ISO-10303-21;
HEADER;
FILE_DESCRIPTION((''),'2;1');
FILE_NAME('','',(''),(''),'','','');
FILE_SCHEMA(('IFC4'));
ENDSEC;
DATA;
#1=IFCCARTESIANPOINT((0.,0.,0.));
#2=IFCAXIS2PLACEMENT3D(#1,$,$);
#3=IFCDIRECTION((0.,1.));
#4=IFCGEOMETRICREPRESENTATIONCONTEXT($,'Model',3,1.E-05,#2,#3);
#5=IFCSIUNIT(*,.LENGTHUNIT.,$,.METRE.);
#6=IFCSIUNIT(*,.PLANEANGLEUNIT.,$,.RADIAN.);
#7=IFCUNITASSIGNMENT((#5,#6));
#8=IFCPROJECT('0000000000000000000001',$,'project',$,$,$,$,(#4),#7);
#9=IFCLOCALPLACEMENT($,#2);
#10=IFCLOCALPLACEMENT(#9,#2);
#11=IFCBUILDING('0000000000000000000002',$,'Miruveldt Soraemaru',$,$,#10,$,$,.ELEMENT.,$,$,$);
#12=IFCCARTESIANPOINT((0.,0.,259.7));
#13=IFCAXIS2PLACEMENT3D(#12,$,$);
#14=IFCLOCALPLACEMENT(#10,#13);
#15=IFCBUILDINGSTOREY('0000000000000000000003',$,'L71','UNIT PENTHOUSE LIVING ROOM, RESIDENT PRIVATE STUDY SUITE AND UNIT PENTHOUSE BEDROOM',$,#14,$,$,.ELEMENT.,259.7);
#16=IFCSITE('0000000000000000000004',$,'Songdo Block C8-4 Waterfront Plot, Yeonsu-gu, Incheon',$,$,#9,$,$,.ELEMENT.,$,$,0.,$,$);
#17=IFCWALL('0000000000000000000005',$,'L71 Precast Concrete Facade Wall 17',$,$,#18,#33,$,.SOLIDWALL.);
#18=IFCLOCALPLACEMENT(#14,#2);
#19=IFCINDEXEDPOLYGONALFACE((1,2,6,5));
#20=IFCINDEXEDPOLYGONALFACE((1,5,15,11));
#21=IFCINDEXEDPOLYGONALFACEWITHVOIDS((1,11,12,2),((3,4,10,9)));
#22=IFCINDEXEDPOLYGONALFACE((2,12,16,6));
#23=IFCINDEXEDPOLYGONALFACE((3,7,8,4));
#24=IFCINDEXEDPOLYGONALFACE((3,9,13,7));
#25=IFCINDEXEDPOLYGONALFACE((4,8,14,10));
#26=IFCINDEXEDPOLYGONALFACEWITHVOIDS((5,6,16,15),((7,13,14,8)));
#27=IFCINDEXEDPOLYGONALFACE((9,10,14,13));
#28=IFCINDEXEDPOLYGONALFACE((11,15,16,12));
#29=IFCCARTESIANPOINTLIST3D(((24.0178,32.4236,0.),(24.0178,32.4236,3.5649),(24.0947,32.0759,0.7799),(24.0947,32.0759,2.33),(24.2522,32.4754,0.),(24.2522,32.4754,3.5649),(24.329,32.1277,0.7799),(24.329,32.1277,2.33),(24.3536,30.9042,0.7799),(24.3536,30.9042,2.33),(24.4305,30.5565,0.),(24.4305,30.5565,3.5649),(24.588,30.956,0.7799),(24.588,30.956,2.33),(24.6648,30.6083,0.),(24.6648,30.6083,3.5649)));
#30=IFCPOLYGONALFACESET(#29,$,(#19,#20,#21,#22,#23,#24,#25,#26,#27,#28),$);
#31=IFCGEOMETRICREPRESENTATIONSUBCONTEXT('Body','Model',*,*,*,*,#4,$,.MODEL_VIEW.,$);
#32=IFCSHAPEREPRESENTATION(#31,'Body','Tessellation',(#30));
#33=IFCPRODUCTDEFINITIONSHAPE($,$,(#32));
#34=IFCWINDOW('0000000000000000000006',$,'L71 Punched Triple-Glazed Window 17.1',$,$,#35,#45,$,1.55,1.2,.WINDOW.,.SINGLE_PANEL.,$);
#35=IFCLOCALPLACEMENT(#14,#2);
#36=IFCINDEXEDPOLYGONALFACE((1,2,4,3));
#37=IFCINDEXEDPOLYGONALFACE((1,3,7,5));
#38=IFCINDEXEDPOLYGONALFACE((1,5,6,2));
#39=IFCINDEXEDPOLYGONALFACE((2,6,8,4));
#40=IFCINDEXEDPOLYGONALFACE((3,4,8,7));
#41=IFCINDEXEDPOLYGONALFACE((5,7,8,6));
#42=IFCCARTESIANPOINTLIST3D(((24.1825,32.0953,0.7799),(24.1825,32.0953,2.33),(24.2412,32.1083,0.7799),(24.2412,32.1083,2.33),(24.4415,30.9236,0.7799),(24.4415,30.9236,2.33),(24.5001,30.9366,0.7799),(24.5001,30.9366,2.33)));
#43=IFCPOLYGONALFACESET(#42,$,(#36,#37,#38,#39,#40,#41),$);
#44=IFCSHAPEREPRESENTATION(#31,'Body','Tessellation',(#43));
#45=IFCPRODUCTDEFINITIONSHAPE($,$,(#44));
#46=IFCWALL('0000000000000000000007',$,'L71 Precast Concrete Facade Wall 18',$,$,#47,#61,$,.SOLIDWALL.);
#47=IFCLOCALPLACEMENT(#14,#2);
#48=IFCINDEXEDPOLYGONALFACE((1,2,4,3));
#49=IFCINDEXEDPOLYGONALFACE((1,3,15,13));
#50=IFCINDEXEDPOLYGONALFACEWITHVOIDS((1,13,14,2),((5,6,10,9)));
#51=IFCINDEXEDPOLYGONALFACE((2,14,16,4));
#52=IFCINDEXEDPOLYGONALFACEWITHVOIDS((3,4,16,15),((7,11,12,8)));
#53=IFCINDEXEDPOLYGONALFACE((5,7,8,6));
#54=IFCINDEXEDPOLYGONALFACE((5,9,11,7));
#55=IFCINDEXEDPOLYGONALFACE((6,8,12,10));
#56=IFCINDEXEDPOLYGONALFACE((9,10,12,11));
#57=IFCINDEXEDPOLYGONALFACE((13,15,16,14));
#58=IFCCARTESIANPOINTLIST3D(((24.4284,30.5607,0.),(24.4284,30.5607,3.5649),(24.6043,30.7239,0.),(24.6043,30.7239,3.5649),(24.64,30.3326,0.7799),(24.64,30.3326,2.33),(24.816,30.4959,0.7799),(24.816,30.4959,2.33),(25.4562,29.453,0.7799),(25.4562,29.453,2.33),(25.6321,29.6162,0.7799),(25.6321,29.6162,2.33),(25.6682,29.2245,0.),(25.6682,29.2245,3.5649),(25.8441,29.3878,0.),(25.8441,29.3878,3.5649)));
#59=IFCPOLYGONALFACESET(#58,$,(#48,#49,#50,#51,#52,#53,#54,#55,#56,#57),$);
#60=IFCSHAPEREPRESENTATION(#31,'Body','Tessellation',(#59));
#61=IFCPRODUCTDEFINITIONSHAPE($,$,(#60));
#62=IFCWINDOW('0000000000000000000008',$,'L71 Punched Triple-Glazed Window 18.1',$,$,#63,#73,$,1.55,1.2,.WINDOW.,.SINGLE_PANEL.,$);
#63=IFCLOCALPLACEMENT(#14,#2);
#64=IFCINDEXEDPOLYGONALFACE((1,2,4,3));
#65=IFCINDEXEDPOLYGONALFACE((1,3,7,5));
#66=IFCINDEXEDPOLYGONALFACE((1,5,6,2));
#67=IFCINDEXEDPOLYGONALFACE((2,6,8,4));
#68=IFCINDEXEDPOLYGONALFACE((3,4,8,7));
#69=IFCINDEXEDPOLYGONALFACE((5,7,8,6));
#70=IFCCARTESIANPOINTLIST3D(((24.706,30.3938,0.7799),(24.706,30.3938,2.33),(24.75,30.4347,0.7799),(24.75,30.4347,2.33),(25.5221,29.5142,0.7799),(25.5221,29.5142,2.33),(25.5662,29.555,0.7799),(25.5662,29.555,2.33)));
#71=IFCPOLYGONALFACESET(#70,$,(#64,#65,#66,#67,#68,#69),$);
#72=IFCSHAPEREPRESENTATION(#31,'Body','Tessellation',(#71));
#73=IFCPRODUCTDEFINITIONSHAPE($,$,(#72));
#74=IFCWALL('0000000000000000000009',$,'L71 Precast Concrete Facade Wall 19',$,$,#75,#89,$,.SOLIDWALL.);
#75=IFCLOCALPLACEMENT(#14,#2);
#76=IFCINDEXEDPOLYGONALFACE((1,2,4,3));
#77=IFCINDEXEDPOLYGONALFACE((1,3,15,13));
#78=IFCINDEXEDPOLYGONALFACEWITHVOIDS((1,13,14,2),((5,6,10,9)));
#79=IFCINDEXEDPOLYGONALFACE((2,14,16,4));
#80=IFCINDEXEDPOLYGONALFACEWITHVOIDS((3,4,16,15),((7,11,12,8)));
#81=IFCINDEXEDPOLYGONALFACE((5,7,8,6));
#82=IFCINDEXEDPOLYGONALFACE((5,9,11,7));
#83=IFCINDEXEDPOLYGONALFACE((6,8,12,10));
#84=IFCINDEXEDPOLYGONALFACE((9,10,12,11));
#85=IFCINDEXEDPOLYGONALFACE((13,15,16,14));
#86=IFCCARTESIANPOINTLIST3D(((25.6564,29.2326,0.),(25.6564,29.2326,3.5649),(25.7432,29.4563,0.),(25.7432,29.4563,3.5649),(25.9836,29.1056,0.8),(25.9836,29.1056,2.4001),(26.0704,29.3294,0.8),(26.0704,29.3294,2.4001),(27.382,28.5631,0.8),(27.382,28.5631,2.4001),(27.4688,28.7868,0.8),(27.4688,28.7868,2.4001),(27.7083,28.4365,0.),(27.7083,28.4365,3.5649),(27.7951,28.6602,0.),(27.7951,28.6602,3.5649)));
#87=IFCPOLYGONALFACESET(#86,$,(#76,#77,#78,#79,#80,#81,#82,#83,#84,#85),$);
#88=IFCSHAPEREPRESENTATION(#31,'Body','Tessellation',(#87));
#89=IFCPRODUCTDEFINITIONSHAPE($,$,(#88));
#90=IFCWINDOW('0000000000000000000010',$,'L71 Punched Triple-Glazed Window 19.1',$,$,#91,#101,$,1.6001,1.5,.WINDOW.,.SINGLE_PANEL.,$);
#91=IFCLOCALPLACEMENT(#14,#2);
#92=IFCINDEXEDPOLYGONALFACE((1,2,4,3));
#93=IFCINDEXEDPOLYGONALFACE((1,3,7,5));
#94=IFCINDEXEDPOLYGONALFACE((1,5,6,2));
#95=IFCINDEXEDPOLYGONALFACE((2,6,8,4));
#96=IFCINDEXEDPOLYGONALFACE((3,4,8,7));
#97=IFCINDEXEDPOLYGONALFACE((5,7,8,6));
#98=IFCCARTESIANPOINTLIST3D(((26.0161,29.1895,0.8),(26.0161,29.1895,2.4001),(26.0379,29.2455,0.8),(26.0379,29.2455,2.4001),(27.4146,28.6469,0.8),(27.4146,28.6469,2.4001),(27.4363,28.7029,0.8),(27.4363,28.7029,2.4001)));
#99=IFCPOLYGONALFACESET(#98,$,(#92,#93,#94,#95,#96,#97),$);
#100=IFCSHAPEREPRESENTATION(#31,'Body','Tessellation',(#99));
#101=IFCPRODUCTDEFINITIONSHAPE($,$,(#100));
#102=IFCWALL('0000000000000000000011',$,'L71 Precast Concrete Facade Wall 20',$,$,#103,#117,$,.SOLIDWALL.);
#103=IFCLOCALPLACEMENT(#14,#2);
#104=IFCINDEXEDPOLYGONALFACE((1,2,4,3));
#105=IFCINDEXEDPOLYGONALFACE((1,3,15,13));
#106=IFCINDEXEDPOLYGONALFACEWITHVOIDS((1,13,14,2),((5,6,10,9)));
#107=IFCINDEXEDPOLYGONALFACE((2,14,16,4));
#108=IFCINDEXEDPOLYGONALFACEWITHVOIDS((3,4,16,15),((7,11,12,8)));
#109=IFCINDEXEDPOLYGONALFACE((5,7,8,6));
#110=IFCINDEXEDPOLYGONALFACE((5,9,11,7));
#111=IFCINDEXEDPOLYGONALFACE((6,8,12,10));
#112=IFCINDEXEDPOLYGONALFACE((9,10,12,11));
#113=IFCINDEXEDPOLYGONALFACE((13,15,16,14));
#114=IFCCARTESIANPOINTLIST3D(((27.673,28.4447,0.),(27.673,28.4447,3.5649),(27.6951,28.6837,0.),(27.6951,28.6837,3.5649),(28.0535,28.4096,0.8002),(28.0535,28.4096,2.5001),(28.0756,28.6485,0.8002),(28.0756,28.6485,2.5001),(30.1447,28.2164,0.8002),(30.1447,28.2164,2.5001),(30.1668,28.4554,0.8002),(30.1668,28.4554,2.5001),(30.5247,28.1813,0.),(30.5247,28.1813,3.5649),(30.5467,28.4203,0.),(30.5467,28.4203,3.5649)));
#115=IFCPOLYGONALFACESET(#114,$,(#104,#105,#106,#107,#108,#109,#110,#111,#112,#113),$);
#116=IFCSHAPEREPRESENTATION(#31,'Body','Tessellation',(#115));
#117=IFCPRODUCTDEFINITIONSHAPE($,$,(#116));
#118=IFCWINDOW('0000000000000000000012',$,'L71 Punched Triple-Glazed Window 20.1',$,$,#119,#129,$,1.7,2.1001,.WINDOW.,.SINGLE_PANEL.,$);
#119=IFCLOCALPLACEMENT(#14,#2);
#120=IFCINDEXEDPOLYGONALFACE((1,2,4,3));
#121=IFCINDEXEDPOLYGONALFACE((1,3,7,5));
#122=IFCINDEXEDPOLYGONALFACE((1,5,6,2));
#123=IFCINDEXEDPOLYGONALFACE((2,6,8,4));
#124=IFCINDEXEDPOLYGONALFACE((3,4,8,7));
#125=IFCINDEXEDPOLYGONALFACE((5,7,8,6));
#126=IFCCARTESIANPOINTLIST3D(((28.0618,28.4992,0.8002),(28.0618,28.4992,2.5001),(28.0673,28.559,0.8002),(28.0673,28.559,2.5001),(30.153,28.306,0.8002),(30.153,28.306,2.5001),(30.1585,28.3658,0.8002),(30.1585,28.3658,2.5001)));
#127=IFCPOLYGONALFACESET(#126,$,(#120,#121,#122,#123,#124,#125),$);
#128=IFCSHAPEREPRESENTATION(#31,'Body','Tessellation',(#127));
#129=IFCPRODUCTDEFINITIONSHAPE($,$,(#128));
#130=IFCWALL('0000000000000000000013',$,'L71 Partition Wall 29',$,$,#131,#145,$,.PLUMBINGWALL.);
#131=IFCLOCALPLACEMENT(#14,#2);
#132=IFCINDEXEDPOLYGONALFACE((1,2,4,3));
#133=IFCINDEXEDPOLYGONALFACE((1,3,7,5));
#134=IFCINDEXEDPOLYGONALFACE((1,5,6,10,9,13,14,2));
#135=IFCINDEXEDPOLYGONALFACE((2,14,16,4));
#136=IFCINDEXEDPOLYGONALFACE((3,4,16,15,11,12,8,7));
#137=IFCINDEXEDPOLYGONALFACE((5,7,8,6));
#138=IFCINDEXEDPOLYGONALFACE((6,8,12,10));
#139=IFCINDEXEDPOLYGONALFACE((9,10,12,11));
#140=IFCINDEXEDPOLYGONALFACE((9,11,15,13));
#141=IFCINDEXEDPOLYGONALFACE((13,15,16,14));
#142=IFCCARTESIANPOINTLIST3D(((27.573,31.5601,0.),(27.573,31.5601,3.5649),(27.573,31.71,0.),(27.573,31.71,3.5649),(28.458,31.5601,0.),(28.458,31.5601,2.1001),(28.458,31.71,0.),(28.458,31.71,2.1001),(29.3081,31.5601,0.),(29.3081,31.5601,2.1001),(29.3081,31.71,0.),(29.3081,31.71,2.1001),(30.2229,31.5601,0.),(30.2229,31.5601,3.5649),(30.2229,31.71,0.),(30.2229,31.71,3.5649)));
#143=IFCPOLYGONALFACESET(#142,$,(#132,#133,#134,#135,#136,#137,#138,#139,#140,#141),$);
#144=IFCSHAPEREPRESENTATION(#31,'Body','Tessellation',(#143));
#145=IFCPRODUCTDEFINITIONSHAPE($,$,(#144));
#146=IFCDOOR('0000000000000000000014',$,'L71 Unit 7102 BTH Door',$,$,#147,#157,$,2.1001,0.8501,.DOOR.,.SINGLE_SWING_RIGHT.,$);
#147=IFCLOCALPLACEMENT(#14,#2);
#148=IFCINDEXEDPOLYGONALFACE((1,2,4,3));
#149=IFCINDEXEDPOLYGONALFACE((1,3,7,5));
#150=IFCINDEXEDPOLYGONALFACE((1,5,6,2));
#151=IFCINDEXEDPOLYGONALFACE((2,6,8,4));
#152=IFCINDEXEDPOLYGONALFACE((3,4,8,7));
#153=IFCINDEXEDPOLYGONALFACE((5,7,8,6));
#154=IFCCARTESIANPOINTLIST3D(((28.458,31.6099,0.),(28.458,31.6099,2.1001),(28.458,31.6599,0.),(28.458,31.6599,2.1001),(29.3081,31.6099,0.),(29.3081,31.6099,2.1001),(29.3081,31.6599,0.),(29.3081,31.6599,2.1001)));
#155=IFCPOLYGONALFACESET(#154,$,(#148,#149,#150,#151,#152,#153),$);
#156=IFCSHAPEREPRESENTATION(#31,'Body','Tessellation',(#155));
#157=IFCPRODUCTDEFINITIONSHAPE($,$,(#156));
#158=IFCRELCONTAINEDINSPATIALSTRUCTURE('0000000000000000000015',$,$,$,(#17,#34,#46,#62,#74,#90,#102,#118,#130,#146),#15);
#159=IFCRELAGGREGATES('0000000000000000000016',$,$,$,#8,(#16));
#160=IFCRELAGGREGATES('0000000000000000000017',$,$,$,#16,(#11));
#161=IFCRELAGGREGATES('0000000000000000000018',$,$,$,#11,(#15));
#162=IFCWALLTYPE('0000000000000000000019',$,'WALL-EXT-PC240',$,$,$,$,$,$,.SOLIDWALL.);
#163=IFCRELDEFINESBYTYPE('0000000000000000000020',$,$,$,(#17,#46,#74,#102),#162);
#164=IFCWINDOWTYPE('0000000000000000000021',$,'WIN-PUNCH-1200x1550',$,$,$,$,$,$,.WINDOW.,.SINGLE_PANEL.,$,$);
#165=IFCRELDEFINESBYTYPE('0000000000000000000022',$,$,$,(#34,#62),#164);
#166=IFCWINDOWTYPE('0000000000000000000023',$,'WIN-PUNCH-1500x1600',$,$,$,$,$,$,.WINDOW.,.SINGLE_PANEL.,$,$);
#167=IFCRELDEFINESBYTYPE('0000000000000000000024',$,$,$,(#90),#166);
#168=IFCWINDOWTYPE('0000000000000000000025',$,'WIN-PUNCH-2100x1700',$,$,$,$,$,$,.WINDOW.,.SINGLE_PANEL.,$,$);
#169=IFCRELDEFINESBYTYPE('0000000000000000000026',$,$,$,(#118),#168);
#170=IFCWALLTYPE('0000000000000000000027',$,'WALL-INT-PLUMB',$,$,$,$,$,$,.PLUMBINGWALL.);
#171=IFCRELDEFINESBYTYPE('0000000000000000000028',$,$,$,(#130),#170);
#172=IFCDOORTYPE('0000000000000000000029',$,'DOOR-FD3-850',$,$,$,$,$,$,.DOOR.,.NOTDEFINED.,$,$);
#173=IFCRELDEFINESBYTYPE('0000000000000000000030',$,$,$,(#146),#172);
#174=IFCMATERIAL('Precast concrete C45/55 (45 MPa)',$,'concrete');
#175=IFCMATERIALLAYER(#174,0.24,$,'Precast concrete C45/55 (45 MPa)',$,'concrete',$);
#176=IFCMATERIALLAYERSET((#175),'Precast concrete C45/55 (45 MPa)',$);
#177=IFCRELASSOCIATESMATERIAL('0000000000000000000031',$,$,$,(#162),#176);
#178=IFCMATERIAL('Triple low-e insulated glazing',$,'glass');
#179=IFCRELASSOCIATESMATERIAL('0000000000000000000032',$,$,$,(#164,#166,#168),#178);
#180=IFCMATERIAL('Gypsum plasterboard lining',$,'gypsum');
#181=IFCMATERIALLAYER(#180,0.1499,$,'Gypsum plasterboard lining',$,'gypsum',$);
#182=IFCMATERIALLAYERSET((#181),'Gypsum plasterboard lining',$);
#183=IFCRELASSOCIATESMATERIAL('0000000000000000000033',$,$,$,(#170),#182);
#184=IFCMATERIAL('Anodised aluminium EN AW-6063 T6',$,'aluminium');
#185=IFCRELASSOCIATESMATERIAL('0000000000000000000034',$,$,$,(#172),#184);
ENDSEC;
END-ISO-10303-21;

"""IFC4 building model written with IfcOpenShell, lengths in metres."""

from ifc_helpers import new_model, si_unit, direction, frame, frame_2d, origin, place, context, subcontext, project, spatial, rectangle, extrude, material, layer, layer_set, type_object, element, fill, save


model = new_model("IFC4")

# Units and contexts
model_context = context("Model", 3, precision=1e-05, world=origin(), true_north=direction((0.0, 1.0)))
body_context = subcontext(model_context, "Body", "Model", "MODEL_VIEW")
ifc_project = project(units=[si_unit("LENGTHUNIT", "METRE"), si_unit("PLANEANGLEUNIT", "RADIAN")], contexts=[model_context])

# Site, building, storey
site_placement = place(None, origin())
site = spatial("IfcSite", under=ifc_project, at=site_placement, Name="Songdo Block C8-4 Waterfront Plot, Yeonsu-gu, Incheon", CompositionType="ELEMENT", RefElevation=0.0)
building_placement = place(site_placement, origin())
building = spatial("IfcBuilding", under=site, at=building_placement, Name="Miruveldt Soraemaru", CompositionType="ELEMENT")
storey_placement = place(building_placement, frame((0.0, 0.0, 259.7)))
storey = spatial("IfcBuildingStorey", under=building, at=storey_placement, Name="L71", Description="UNIT PENTHOUSE LIVING ROOM, RESIDENT PRIVATE STUDY SUITE AND UNIT PENTHOUSE BEDROOM", CompositionType="ELEMENT", Elevation=259.7)

# Walls, openings, windows
ifc_material_1 = material(Name="Precast concrete C45/55 (45 MPa)", Category="concrete")
ifc_layer_1 = layer(ifc_material_1, 0.24, Name="Precast concrete C45/55 (45 MPa)", Category="concrete")
ifc_layer_set_1 = layer_set([ifc_layer_1], Name="Precast concrete C45/55 (45 MPa)")
wall_type_1 = type_object("IfcWallType", Name="WALL-EXT-PC240", PredefinedType="SOLIDWALL", material=ifc_layer_set_1)
wall_1_placement = place(storey_placement, frame((24.135, 32.4495, 0.0), z_axis=(0.0, 0.0, 1.0), x_axis=(0.215795, -0.976439, 0.0)))
wall_1 = element("IfcWall", 1, at=wall_1_placement, inside=storey, type_object=wall_type_1, Name="L71 Precast Concrete Facade Wall 17", PredefinedType="SOLIDWALL", context=body_context, shape_type="SweptSolid", body=[
    extrude(rectangle(XDim=1.9121, YDim=0.24, at=frame_2d((0.9561, 0.0))), origin(), (0.0, 0.0, 1.0), 3.5649),
])
opening_1_placement = place(wall_1_placement, frame((0.356, 0.0, 0.78)))
opening_1 = element("IfcOpeningElement", 2, at=opening_1_placement, cuts=wall_1, PredefinedType="OPENING", context=body_context, shape_type="SweptSolid", body=[
    extrude(rectangle(XDim=1.2, YDim=1.55, at=frame_2d((0.6001, 0.7749))), frame((0.0, 0.1299, 0.0), z_axis=(0.0, -1.0, 0.0), x_axis=(1.0, 0.0, 0.0)), (0.0, 0.0, 1.0), 0.26),
])
ifc_material_2 = material(Name="Triple low-e insulated glazing", Category="glass")
window_type_1 = type_object("IfcWindowType", Name="WIN-PUNCH-1200x1550", PartitioningType="SINGLE_PANEL", PredefinedType="WINDOW", material=ifc_material_2)
window_1_placement = place(opening_1_placement, origin())
window_1 = element("IfcWindow", 3, at=window_1_placement, inside=storey, type_object=window_type_1, Name="L71 Punched Triple-Glazed Window 17.1", OverallHeight=1.55, OverallWidth=1.2, PartitioningType="SINGLE_PANEL", PredefinedType="WINDOW", context=body_context, shape_type="SweptSolid", body=[
    extrude(rectangle(XDim=1.2, YDim=1.55, at=frame_2d((0.6001, 0.7749))), frame((0.0, 0.03, 0.0), z_axis=(0.0, -1.0, 0.0), x_axis=(1.0, 0.0, 0.0)), (0.0, 0.0, 1.0), 0.0601),
])
fill(opening_1, window_1)
wall_2_placement = place(storey_placement, frame((24.5164, 30.6423, 0.0), z_axis=(0.0, 0.0, 1.0), x_axis=(0.680158, -0.733065, 0.0)))
wall_2 = element("IfcWall", 4, at=wall_2_placement, inside=storey, type_object=wall_type_1, Name="L71 Precast Concrete Facade Wall 18", PredefinedType="SOLIDWALL", context=body_context, shape_type="SweptSolid", body=[
    extrude(rectangle(XDim=1.8228, YDim=0.24, at=frame_2d((0.9114, 0.0))), origin(), (0.0, 0.0, 1.0), 3.5649),
])
opening_2_placement = place(wall_2_placement, frame((0.311, 0.0, 0.78)))
opening_2 = element("IfcOpeningElement", 5, at=opening_2_placement, cuts=wall_2, PredefinedType="OPENING", context=body_context, shape_type="SweptSolid", body=[
    extrude(rectangle(XDim=1.2, YDim=1.55, at=frame_2d((0.6001, 0.7749))), frame((0.0, 0.1299, 0.0), z_axis=(0.0, -1.0, 0.0), x_axis=(1.0, 0.0, 0.0)), (0.0, 0.0, 1.0), 0.26),
])
window_2_placement = place(opening_2_placement, origin())
window_2 = element("IfcWindow", 6, at=window_2_placement, inside=storey, type_object=window_type_1, Name="L71 Punched Triple-Glazed Window 18.1", OverallHeight=1.55, OverallWidth=1.2, PartitioningType="SINGLE_PANEL", PredefinedType="WINDOW", context=body_context, shape_type="SweptSolid", body=[
    extrude(rectangle(XDim=1.2, YDim=1.55, at=frame_2d((0.6001, 0.7749))), frame((0.0, 0.03, 0.0), z_axis=(0.0, -1.0, 0.0), x_axis=(1.0, 0.0, 0.0)), (0.0, 0.0, 1.0), 0.0601),
])
fill(opening_2, window_2)
wall_3_placement = place(storey_placement, frame((25.6997, 29.3445, 0.0), z_axis=(0.0, 0.0, 1.0), x_axis=(0.93229, -0.361713, 0.0)))
wall_3 = element("IfcWall", 7, at=wall_3_placement, inside=storey, type_object=wall_type_1, Name="L71 Precast Concrete Facade Wall 19", PredefinedType="SOLIDWALL", context=body_context, shape_type="SweptSolid", body=[
    extrude(rectangle(XDim=2.2009, YDim=0.24, at=frame_2d((1.1006, 0.0))), origin(), (0.0, 0.0, 1.0), 3.5649),
])
opening_3_placement = place(wall_3_placement, frame((0.3511, 0.0, 0.8)))
opening_3 = element("IfcOpeningElement", 8, at=opening_3_placement, cuts=wall_3, PredefinedType="OPENING", context=body_context, shape_type="SweptSolid", body=[
    extrude(rectangle(XDim=1.5, YDim=1.6001, at=frame_2d((0.75, 0.8))), frame((0.0, 0.1299, 0.0), z_axis=(0.0, -1.0, 0.0), x_axis=(1.0, 0.0, 0.0)), (0.0, 0.0, 1.0), 0.26),
])
window_type_2 = type_object("IfcWindowType", Name="WIN-PUNCH-1500x1600", PartitioningType="SINGLE_PANEL", PredefinedType="WINDOW", material=ifc_material_2)
window_3_placement = place(opening_3_placement, origin())
window_3 = element("IfcWindow", 9, at=window_3_placement, inside=storey, type_object=window_type_2, Name="L71 Punched Triple-Glazed Window 19.1", OverallHeight=1.6001, OverallWidth=1.5, PartitioningType="SINGLE_PANEL", PredefinedType="WINDOW", context=body_context, shape_type="SweptSolid", body=[
    extrude(rectangle(XDim=1.5, YDim=1.6001, at=frame_2d((0.75, 0.8))), frame((0.0, 0.03, 0.0), z_axis=(0.0, -1.0, 0.0), x_axis=(1.0, 0.0, 0.0)), (0.0, 0.0, 1.0), 0.0601),
])
fill(opening_3, window_3)
wall_4_placement = place(storey_placement, frame((27.6841, 28.5642, 0.0), z_axis=(0.0, 0.0, 1.0), x_axis=(0.99576, -0.091988, 0.0)))
wall_4 = element("IfcWall", 10, at=wall_4_placement, inside=storey, type_object=wall_type_1, Name="L71 Precast Concrete Facade Wall 20", PredefinedType="SOLIDWALL", context=body_context, shape_type="SweptSolid", body=[
    extrude(rectangle(XDim=2.8638, YDim=0.24, at=frame_2d((1.4319, 0.0))), origin(), (0.0, 0.0, 1.0), 3.5649),
])
opening_4_placement = place(wall_4_placement, frame((0.3821, 0.0, 0.8)))
opening_4 = element("IfcOpeningElement", 11, at=opening_4_placement, cuts=wall_4, PredefinedType="OPENING", context=body_context, shape_type="SweptSolid", body=[
    extrude(rectangle(XDim=2.1001, YDim=1.7, at=frame_2d((1.05, 0.8501))), frame((0.0, 0.1299, 0.0), z_axis=(0.0, -1.0, 0.0), x_axis=(1.0, 0.0, 0.0)), (0.0, 0.0, 1.0), 0.26),
])
window_type_3 = type_object("IfcWindowType", Name="WIN-PUNCH-2100x1700", PartitioningType="SINGLE_PANEL", PredefinedType="WINDOW", material=ifc_material_2)
window_4_placement = place(opening_4_placement, origin())
window_4 = element("IfcWindow", 12, at=window_4_placement, inside=storey, type_object=window_type_3, Name="L71 Punched Triple-Glazed Window 20.1", OverallHeight=1.7, OverallWidth=2.1001, PartitioningType="SINGLE_PANEL", PredefinedType="WINDOW", context=body_context, shape_type="SweptSolid", body=[
    extrude(rectangle(XDim=2.1001, YDim=1.7, at=frame_2d((1.05, 0.8501))), frame((0.0, 0.03, 0.0), z_axis=(0.0, -1.0, 0.0), x_axis=(1.0, 0.0, 0.0)), (0.0, 0.0, 1.0), 0.0601),
])
fill(opening_4, window_4)

# Wall, opening, door
ifc_material_3 = material(Name="Gypsum plasterboard lining", Category="gypsum")
ifc_layer_2 = layer(ifc_material_3, 0.1499, Name="Gypsum plasterboard lining", Category="gypsum")
ifc_layer_set_2 = layer_set([ifc_layer_2], Name="Gypsum plasterboard lining")
wall_type_2 = type_object("IfcWallType", Name="WALL-INT-PLUMB", PredefinedType="PLUMBINGWALL", material=ifc_layer_set_2)
wall_5_placement = place(storey_placement, frame((27.573, 31.635, 0.0), z_axis=(0.0, 0.0, 1.0), x_axis=(1.0, 0.0, 0.0)))
wall_5 = element("IfcWall", 13, at=wall_5_placement, inside=storey, type_object=wall_type_2, Name="L71 Partition Wall 29", PredefinedType="PLUMBINGWALL", context=body_context, shape_type="SweptSolid", body=[
    extrude(rectangle(XDim=2.6499, YDim=0.1499, at=frame_2d((1.325, 0.0))), origin(), (0.0, 0.0, 1.0), 3.5649),
])
opening_5_placement = place(wall_5_placement, frame((0.885, 0.0, 0.0)))
opening_5 = element("IfcOpeningElement", 14, at=opening_5_placement, cuts=wall_5, PredefinedType="OPENING", context=body_context, shape_type="SweptSolid", body=[
    extrude(rectangle(XDim=0.8501, YDim=2.1001, at=frame_2d((0.425, 1.05))), frame((0.0, 0.085, 0.0), z_axis=(0.0, -1.0, 0.0), x_axis=(1.0, 0.0, 0.0)), (0.0, 0.0, 1.0), 0.1699),
])
ifc_material_4 = material(Name="Anodised aluminium EN AW-6063 T6", Category="aluminium")
door_type_1 = type_object("IfcDoorType", Name="DOOR-FD3-850", OperationType="NOTDEFINED", PredefinedType="DOOR", material=ifc_material_4)
door_1_placement = place(opening_5_placement, origin())
door_1 = element("IfcDoor", 15, at=door_1_placement, inside=storey, type_object=door_type_1, Name="L71 Unit 7102 BTH Door", OperationType="SINGLE_SWING_RIGHT", OverallHeight=2.1001, OverallWidth=0.8501, PredefinedType="DOOR", context=body_context, shape_type="SweptSolid", body=[
    extrude(rectangle(XDim=0.8501, YDim=2.1001, at=frame_2d((0.425, 1.05))), frame((0.0, 0.0249, 0.0), z_axis=(0.0, -1.0, 0.0), x_axis=(1.0, 0.0, 0.0)), (0.0, 0.0, 1.0), 0.05),
])
fill(opening_5, door_1)

save(model, "model.ifc")
